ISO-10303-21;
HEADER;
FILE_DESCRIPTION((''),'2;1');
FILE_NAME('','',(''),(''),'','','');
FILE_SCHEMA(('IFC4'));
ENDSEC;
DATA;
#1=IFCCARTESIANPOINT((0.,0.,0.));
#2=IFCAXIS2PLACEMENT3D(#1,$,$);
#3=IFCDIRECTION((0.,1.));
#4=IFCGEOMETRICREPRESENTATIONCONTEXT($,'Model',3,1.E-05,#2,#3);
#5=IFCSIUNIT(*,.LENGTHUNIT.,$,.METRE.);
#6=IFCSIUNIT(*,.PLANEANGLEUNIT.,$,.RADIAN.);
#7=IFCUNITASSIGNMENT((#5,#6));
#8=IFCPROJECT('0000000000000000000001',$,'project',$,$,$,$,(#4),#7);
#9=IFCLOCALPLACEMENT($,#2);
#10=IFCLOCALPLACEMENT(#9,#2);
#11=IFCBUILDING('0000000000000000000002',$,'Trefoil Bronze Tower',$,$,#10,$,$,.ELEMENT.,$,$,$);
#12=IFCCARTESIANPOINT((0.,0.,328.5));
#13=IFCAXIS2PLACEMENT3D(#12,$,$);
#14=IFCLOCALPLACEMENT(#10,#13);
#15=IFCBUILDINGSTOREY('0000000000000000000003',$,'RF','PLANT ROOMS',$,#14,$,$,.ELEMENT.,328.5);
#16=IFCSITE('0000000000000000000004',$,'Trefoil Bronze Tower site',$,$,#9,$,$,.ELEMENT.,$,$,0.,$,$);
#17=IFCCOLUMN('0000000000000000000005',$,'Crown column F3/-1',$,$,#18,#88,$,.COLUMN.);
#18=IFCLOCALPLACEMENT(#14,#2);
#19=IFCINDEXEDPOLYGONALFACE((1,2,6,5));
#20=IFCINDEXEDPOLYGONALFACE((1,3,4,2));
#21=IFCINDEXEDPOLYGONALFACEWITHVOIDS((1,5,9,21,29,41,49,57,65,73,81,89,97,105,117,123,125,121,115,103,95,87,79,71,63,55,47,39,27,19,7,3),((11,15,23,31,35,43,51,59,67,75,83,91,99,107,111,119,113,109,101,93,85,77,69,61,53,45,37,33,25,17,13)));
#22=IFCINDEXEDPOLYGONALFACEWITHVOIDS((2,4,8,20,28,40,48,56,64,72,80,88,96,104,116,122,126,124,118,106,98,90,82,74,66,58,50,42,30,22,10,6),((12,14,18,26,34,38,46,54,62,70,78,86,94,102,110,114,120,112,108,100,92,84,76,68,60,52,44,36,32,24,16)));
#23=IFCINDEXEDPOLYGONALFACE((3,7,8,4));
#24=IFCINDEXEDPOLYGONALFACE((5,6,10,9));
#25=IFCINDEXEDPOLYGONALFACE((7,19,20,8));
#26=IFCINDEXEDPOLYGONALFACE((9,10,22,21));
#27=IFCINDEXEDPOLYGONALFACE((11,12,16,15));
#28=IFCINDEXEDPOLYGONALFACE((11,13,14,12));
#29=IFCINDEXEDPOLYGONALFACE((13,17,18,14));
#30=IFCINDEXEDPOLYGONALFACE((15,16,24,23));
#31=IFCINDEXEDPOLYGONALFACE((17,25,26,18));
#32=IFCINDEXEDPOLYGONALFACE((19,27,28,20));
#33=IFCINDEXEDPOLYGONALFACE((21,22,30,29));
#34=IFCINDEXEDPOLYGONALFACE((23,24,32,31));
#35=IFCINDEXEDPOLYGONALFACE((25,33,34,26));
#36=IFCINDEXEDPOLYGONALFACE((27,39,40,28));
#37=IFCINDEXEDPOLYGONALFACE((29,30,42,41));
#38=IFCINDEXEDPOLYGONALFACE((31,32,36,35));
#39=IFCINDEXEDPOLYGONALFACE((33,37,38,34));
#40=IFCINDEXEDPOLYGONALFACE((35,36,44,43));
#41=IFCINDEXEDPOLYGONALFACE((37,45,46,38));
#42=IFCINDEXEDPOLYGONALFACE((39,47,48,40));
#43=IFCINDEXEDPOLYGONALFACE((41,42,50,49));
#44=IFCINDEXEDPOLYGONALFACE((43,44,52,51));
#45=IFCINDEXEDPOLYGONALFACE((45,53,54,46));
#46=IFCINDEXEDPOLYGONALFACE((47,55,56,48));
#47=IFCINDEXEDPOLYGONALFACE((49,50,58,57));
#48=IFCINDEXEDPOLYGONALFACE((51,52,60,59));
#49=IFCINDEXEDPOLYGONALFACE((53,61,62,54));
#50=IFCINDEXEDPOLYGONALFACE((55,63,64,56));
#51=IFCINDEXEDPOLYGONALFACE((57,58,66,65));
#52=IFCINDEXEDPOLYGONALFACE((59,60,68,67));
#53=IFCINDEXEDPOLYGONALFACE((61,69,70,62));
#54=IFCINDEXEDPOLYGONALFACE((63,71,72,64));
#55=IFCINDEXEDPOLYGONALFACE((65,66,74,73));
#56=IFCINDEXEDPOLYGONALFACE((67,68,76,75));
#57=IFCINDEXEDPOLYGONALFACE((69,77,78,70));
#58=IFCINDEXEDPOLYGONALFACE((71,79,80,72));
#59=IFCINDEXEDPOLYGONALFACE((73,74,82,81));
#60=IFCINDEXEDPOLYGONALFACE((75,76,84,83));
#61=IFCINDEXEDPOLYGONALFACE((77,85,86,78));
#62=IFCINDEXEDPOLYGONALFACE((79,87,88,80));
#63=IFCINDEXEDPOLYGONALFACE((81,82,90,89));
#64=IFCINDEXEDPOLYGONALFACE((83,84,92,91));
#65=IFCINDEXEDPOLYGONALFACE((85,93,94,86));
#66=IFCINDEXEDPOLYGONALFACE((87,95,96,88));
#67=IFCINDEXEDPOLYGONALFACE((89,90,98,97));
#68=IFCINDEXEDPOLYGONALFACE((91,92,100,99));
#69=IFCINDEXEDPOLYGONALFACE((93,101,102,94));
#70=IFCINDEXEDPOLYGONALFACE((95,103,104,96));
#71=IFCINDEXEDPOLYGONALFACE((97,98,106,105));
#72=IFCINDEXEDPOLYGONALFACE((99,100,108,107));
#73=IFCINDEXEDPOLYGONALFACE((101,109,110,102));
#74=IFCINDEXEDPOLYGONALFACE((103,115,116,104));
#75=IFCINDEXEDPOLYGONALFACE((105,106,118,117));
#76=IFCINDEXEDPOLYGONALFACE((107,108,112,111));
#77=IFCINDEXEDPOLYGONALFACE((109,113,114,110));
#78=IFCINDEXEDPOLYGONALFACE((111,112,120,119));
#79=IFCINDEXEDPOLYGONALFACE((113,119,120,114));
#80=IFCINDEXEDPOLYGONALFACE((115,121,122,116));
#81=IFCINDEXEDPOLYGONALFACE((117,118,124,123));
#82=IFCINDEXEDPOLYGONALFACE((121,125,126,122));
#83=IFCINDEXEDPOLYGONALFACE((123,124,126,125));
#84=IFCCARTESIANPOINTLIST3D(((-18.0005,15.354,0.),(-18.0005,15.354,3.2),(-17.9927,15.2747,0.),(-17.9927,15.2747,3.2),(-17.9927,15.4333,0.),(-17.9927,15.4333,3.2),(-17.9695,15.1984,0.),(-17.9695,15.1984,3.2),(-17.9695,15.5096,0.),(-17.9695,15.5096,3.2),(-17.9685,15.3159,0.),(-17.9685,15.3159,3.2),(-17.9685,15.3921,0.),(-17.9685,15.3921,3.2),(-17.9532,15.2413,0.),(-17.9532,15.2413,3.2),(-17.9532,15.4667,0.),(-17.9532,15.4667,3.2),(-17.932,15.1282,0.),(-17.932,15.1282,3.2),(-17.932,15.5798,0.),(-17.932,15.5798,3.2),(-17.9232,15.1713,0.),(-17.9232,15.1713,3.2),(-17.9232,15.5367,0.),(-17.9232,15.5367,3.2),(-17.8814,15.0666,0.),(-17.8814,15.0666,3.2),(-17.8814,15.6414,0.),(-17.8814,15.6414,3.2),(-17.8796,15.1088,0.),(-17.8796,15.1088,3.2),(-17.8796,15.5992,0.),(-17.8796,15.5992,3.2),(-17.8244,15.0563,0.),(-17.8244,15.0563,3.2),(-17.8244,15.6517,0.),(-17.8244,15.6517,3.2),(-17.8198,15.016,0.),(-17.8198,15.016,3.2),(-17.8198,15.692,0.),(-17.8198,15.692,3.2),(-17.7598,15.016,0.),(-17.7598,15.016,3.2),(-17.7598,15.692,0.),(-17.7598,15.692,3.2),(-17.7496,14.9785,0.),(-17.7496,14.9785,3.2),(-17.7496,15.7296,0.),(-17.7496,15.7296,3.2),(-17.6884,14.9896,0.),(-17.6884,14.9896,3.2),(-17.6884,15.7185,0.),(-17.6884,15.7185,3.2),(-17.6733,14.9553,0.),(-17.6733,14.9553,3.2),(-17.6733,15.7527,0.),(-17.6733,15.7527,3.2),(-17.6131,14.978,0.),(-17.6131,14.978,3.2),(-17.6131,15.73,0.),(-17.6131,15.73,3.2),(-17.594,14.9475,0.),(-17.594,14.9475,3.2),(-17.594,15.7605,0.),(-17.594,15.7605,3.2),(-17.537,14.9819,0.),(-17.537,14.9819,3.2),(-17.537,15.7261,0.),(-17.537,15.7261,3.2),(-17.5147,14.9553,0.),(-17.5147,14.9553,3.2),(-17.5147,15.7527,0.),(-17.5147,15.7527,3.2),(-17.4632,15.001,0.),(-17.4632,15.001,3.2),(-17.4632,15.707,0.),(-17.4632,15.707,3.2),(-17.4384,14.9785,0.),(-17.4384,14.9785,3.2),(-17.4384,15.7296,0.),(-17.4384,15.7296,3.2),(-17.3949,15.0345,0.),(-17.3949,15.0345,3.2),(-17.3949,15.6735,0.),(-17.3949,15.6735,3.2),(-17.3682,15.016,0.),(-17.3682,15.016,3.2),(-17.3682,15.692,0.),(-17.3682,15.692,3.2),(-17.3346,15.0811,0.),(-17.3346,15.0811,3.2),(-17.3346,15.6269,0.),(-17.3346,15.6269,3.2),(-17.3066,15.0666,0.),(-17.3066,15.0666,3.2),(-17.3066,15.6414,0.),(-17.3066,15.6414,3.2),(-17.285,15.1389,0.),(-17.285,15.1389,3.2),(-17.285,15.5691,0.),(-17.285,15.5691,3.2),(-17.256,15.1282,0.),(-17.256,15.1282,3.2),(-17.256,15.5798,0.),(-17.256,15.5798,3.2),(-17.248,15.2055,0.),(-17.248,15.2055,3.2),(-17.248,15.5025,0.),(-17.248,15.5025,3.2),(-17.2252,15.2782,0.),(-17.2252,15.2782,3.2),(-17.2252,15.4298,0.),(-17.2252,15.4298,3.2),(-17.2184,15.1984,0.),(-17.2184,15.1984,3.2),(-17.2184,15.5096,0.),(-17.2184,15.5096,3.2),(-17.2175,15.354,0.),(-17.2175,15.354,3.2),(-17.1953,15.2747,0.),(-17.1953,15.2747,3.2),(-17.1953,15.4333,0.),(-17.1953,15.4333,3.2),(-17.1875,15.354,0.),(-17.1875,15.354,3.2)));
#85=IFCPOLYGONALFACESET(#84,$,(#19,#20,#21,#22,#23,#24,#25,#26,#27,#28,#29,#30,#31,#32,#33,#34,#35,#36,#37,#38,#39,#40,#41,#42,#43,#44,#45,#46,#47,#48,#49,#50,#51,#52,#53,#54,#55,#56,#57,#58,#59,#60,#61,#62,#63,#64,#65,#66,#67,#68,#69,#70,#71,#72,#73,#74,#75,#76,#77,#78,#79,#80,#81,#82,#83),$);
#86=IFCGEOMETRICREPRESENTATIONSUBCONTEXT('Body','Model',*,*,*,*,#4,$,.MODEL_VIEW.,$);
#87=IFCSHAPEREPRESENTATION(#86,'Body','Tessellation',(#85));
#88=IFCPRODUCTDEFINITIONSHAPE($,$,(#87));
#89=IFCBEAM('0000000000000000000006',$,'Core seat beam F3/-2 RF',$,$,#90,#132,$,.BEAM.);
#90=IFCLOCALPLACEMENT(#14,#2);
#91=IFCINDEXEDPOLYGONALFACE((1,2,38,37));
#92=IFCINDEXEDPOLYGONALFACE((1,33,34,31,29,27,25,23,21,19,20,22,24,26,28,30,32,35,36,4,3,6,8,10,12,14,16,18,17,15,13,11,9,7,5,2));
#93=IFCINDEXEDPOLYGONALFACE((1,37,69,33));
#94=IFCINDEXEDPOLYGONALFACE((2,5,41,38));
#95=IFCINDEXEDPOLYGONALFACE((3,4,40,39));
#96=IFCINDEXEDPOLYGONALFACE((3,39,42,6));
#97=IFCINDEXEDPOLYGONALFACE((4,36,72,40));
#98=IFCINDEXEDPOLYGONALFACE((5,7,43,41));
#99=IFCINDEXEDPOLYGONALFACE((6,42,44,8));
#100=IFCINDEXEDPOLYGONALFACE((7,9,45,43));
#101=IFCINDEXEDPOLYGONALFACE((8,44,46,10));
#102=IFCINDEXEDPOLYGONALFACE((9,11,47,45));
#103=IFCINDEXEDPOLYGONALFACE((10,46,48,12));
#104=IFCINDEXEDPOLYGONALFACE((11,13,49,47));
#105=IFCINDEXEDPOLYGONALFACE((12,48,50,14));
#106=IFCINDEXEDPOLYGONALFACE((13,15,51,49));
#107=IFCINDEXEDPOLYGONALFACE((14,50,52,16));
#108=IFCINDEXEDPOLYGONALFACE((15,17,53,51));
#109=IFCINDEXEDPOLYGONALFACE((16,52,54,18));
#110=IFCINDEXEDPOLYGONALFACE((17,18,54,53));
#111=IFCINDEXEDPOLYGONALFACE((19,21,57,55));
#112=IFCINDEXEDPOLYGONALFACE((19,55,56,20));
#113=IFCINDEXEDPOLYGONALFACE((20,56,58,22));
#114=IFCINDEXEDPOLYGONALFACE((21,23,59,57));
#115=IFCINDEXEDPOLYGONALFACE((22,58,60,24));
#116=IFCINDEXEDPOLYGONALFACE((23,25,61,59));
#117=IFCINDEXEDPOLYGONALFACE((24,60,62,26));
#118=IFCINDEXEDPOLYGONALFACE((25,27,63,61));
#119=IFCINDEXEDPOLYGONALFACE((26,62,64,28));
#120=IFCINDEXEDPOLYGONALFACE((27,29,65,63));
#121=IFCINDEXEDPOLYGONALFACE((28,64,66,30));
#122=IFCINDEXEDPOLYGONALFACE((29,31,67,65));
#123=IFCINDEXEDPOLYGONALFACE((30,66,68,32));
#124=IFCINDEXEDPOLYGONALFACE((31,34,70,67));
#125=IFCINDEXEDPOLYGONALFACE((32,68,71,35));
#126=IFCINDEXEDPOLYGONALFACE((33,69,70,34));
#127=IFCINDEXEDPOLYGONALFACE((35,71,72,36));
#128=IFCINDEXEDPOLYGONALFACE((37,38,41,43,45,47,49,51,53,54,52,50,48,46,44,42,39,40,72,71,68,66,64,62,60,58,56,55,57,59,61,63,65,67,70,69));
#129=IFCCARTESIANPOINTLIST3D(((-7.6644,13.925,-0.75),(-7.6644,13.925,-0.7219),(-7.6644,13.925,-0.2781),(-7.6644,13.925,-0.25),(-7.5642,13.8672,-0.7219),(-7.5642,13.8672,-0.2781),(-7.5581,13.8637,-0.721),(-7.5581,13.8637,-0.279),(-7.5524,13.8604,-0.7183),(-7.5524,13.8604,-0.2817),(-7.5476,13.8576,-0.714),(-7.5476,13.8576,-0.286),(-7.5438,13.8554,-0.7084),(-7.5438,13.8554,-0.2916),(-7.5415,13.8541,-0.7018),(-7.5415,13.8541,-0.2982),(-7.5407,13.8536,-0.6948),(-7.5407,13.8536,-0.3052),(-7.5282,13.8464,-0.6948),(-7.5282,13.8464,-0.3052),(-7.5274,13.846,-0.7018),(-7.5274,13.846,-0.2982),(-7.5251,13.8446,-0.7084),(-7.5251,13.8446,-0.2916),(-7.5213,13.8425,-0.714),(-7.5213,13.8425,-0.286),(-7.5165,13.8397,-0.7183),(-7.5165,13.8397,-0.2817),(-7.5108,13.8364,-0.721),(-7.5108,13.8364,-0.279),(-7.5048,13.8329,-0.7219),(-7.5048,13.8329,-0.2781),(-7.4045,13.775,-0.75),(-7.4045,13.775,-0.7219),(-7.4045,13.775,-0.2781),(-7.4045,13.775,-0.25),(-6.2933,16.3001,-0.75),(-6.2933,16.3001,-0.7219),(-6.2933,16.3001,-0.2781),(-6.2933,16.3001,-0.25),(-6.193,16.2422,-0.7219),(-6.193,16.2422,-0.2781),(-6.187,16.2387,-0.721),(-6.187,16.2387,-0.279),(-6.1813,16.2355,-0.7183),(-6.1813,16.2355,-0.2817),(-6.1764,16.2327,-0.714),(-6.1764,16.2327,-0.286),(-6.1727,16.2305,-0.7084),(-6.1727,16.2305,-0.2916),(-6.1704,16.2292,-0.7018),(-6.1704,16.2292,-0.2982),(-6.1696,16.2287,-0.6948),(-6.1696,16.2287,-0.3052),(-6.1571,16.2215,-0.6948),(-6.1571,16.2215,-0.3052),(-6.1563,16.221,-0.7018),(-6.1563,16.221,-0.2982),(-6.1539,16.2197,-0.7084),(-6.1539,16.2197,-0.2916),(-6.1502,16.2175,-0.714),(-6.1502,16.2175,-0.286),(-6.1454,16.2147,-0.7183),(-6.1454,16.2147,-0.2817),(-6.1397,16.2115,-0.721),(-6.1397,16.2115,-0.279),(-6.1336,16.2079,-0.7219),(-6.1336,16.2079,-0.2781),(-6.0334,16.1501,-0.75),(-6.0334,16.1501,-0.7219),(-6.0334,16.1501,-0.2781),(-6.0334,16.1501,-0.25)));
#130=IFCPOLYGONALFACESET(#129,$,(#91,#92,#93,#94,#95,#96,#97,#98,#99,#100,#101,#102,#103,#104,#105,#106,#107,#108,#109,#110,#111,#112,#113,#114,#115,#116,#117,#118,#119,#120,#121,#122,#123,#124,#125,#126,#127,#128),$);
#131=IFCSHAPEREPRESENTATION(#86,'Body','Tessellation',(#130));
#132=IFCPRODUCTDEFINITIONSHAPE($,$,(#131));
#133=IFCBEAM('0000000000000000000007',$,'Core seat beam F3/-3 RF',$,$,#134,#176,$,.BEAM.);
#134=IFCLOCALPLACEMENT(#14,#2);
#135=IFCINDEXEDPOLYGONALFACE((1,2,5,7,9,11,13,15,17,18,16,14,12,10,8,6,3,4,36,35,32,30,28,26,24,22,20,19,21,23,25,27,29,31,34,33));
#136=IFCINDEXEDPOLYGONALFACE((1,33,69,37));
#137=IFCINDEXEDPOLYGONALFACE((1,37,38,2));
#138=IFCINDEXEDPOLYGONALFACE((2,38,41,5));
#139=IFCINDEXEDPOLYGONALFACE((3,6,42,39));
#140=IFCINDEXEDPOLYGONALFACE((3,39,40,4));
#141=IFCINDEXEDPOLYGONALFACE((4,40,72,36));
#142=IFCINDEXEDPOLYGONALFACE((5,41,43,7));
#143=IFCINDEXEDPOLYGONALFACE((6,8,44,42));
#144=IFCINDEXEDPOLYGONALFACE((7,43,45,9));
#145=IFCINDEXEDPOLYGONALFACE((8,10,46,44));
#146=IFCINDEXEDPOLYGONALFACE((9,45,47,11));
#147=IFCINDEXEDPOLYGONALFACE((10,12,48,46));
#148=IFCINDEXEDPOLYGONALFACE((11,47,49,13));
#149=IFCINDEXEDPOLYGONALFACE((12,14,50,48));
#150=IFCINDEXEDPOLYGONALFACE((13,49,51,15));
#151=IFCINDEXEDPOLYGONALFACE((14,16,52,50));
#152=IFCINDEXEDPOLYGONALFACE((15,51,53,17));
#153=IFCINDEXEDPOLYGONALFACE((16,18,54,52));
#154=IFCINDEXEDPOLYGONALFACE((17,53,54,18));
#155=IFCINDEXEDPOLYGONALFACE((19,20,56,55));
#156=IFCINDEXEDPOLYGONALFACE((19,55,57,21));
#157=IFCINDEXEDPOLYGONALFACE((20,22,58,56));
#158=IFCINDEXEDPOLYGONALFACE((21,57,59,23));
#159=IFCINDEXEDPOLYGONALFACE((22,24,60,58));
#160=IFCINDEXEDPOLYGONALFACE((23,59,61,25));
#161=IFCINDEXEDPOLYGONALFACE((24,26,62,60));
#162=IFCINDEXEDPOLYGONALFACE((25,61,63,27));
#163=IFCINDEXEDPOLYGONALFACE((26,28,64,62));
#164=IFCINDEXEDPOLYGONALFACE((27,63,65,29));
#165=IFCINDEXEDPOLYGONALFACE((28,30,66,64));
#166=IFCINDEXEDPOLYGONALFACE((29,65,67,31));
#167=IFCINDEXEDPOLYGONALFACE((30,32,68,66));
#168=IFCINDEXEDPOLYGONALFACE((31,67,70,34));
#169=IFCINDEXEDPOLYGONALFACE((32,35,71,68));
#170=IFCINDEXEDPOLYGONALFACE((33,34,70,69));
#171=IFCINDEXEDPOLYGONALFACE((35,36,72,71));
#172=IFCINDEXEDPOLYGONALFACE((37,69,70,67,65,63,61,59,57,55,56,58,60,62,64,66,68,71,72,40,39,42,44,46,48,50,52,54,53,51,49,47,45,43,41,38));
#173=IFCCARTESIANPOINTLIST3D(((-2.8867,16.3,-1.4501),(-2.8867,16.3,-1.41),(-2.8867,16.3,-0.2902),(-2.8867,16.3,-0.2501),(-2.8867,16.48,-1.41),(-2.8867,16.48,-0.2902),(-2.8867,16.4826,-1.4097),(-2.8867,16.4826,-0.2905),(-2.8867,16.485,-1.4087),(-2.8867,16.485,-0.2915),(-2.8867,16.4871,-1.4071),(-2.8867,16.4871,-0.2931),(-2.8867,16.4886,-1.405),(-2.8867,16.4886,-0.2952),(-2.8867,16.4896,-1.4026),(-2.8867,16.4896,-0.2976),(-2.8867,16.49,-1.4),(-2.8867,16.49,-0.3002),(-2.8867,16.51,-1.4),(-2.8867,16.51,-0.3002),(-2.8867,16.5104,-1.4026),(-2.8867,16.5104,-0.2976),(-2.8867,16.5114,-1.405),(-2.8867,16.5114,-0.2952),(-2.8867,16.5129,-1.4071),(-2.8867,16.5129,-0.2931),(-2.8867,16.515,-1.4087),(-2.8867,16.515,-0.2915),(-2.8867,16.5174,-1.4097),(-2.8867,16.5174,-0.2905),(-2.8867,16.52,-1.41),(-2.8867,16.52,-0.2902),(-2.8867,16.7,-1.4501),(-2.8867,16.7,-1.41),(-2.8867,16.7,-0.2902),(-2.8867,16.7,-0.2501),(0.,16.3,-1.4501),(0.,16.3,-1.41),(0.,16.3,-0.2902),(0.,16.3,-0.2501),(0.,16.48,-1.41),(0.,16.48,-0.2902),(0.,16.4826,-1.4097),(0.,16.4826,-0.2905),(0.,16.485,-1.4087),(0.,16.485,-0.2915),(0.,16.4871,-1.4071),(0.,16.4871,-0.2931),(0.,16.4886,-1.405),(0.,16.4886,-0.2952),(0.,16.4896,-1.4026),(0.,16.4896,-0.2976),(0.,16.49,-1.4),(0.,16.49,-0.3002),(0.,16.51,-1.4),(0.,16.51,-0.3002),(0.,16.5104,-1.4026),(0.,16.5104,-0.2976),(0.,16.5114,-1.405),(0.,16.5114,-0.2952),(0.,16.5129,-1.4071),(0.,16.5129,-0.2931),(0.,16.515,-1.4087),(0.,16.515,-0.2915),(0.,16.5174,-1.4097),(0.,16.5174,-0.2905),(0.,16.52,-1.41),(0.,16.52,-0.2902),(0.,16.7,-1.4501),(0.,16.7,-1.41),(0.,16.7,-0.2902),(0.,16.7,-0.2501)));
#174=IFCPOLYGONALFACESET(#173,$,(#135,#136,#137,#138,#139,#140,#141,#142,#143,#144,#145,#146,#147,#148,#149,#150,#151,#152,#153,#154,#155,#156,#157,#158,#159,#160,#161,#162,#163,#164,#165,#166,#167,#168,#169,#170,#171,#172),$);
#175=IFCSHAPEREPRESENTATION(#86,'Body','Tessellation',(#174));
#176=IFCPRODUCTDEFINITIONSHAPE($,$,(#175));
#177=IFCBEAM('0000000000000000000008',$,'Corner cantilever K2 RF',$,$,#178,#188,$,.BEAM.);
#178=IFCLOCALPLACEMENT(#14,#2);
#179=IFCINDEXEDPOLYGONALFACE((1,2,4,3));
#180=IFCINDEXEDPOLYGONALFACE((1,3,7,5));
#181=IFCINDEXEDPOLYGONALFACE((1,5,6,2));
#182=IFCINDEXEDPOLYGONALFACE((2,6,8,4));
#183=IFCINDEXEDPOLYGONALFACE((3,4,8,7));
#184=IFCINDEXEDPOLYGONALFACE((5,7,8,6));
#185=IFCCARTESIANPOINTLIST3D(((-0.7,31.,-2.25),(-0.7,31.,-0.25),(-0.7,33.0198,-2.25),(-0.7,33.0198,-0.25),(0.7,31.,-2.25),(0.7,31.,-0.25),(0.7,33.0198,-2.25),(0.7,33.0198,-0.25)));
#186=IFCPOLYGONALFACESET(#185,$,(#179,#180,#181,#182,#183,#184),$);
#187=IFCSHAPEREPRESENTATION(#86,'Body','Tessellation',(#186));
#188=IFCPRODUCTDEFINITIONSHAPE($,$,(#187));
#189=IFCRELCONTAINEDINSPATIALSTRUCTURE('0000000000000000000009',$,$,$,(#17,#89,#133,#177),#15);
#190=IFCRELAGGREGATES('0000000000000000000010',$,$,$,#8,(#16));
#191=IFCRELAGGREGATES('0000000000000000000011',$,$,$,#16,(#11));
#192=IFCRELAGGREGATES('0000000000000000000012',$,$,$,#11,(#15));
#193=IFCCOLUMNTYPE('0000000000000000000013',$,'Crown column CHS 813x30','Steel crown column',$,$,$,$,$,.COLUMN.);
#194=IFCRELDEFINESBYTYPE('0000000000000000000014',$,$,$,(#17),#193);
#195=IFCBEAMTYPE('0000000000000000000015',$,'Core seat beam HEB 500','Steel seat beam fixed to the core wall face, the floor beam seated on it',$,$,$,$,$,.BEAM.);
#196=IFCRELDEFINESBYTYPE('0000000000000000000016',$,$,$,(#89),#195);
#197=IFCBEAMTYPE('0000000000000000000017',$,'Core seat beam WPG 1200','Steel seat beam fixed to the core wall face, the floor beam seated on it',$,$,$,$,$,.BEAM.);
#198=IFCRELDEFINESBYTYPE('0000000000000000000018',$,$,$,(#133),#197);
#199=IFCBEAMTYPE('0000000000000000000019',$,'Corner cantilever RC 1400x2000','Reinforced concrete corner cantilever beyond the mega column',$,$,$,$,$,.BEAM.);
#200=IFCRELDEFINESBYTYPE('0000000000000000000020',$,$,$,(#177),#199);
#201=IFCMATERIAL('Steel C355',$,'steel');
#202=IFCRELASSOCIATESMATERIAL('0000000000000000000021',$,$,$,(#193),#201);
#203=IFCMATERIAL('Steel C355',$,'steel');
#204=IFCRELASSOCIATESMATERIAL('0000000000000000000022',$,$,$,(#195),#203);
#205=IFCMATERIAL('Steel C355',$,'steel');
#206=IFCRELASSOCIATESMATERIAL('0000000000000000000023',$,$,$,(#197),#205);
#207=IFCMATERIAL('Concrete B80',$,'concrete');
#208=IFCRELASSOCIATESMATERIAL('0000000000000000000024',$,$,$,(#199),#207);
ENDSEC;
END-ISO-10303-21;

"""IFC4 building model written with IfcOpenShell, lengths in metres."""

from ifc_helpers import new_model, si_unit, direction, frame, origin, origin_2d, place, context, subcontext, project, spatial, rectangle, hollow_circle, i_section, extrude, material, material_profile, profile_set, type_object, element, save


model = new_model("IFC4")

# Units and contexts
model_context = context("Model", 3, precision=1e-05, world=origin(), true_north=direction((0.0, 1.0)))
body_context = subcontext(model_context, "Body", "Model", "MODEL_VIEW")
ifc_project = project(units=[si_unit("LENGTHUNIT", "METRE"), si_unit("PLANEANGLEUNIT", "RADIAN")], contexts=[model_context])

# Site, building, storey
site_placement = place(None, origin())
site = spatial("IfcSite", under=ifc_project, at=site_placement, Name="Trefoil Bronze Tower site", CompositionType="ELEMENT", RefElevation=0.0)
building_placement = place(site_placement, origin())
building = spatial("IfcBuilding", under=site, at=building_placement, Name="Trefoil Bronze Tower", CompositionType="ELEMENT")
storey_placement = place(building_placement, frame((0.0, 0.0, 328.5)))
storey = spatial("IfcBuildingStorey", under=building, at=storey_placement, Name="RF", Description="PLANT ROOMS", CompositionType="ELEMENT", Elevation=328.5)

# Column
ifc_material_1 = material(Name="Steel C355", Category="steel")
ifc_material_profile_1 = material_profile(ifc_material_1, hollow_circle(Radius=0.4065, WallThickness=0.03, at=origin_2d()), Name="CHS 813x30")
ifc_profile_set_1 = profile_set([ifc_material_profile_1], Name="Steel C355")
column_type = type_object("IfcColumnType", Name="Crown column CHS 813x30", Description="Steel crown column", PredefinedType="COLUMN", material=ifc_profile_set_1)
for number, where, z_axis, x_axis, name in (
    (1, (-17.594, 15.354, 0.0), (0.0, 0.0, 1.0), (1.0, 0.0, 0.0), "Crown column F3/-1"),
):
    element("IfcColumn", number, at=place(storey_placement, frame(where, z_axis=z_axis, x_axis=x_axis)), inside=storey, type_object=column_type, Name=name, PredefinedType="COLUMN", context=body_context, shape_type="SweptSolid", body=[
        extrude(hollow_circle(Radius=0.4065, WallThickness=0.03, at=origin_2d()), origin(), (0.0, 0.0, 1.0), 3.2),
    ])

# Beams
ifc_material_2 = material(Name="Steel C355", Category="steel")
ifc_material_profile_2 = material_profile(ifc_material_2, i_section(OverallWidth=0.3, OverallDepth=0.5, WebThickness=0.0144, FlangeThickness=0.0281, FilletRadius=0.0271, at=origin_2d()), Name="HEB 500")
ifc_profile_set_2 = profile_set([ifc_material_profile_2], Name="Steel C355")
beam_type_1 = type_object("IfcBeamType", Name="Core seat beam HEB 500", Description="Steel seat beam fixed to the core wall face, the floor beam seated on it", PredefinedType="BEAM", material=ifc_profile_set_2)
beam_1_placement = place(storey_placement, frame((-6.1633, 16.2251, -0.5), z_axis=(-0.499969, -0.866043, 0.0), x_axis=(0.866043, -0.499969, 0.0)))
element("IfcBeam", 2, at=beam_1_placement, inside=storey, type_object=beam_type_1, Name="Core seat beam F3/-2 RF", PredefinedType="BEAM", context=body_context, shape_type="SweptSolid", body=[
    extrude(i_section(OverallWidth=0.3, OverallDepth=0.5, WebThickness=0.0144, FlangeThickness=0.0281, FilletRadius=0.0271, at=origin_2d()), origin(), (0.0, 0.0, 1.0), 2.7424),
])
ifc_material_3 = material(Name="Steel C355", Category="steel")
ifc_material_profile_3 = material_profile(ifc_material_3, i_section(OverallWidth=0.3999, OverallDepth=1.2, WebThickness=0.02, FlangeThickness=0.04, FilletRadius=0.01, at=origin_2d()), Name="WPG 1200")
ifc_profile_set_3 = profile_set([ifc_material_profile_3], Name="Steel C355")
beam_type_2 = type_object("IfcBeamType", Name="Core seat beam WPG 1200", Description="Steel seat beam fixed to the core wall face, the floor beam seated on it", PredefinedType="BEAM", material=ifc_profile_set_3)
beam_2_placement = place(storey_placement, frame((0.0, 16.5, -0.8501), z_axis=(-1.0, 0.0, 0.0), x_axis=(0.0, -1.0, 0.0)))
element("IfcBeam", 3, at=beam_2_placement, inside=storey, type_object=beam_type_2, Name="Core seat beam F3/-3 RF", PredefinedType="BEAM", context=body_context, shape_type="SweptSolid", body=[
    extrude(i_section(OverallWidth=0.3999, OverallDepth=1.2, WebThickness=0.02, FlangeThickness=0.04, FilletRadius=0.01, at=origin_2d()), origin(), (0.0, 0.0, 1.0), 2.8867),
])
ifc_material_4 = material(Name="Concrete B80", Category="concrete")
ifc_material_profile_4 = material_profile(ifc_material_4, rectangle(XDim=1.3999, YDim=2.0, at=origin_2d()), Name="RC 1400x2000")
ifc_profile_set_4 = profile_set([ifc_material_profile_4], Name="Concrete B80")
beam_type_3 = type_object("IfcBeamType", Name="Corner cantilever RC 1400x2000", Description="Reinforced concrete corner cantilever beyond the mega column", PredefinedType="BEAM", material=ifc_profile_set_4)
beam_3_placement = place(storey_placement, frame((0.0, 31.0, -1.25), z_axis=(0.0, 1.0, 0.0), x_axis=(-1.0, 0.0, 0.0)))
element("IfcBeam", 4, at=beam_3_placement, inside=storey, type_object=beam_type_3, Name="Corner cantilever K2 RF", PredefinedType="BEAM", context=body_context, shape_type="SweptSolid", body=[
    extrude(rectangle(XDim=1.3999, YDim=2.0, at=origin_2d()), origin(), (0.0, 0.0, 1.0), 2.0198),
])

save(model, "model.ifc")
